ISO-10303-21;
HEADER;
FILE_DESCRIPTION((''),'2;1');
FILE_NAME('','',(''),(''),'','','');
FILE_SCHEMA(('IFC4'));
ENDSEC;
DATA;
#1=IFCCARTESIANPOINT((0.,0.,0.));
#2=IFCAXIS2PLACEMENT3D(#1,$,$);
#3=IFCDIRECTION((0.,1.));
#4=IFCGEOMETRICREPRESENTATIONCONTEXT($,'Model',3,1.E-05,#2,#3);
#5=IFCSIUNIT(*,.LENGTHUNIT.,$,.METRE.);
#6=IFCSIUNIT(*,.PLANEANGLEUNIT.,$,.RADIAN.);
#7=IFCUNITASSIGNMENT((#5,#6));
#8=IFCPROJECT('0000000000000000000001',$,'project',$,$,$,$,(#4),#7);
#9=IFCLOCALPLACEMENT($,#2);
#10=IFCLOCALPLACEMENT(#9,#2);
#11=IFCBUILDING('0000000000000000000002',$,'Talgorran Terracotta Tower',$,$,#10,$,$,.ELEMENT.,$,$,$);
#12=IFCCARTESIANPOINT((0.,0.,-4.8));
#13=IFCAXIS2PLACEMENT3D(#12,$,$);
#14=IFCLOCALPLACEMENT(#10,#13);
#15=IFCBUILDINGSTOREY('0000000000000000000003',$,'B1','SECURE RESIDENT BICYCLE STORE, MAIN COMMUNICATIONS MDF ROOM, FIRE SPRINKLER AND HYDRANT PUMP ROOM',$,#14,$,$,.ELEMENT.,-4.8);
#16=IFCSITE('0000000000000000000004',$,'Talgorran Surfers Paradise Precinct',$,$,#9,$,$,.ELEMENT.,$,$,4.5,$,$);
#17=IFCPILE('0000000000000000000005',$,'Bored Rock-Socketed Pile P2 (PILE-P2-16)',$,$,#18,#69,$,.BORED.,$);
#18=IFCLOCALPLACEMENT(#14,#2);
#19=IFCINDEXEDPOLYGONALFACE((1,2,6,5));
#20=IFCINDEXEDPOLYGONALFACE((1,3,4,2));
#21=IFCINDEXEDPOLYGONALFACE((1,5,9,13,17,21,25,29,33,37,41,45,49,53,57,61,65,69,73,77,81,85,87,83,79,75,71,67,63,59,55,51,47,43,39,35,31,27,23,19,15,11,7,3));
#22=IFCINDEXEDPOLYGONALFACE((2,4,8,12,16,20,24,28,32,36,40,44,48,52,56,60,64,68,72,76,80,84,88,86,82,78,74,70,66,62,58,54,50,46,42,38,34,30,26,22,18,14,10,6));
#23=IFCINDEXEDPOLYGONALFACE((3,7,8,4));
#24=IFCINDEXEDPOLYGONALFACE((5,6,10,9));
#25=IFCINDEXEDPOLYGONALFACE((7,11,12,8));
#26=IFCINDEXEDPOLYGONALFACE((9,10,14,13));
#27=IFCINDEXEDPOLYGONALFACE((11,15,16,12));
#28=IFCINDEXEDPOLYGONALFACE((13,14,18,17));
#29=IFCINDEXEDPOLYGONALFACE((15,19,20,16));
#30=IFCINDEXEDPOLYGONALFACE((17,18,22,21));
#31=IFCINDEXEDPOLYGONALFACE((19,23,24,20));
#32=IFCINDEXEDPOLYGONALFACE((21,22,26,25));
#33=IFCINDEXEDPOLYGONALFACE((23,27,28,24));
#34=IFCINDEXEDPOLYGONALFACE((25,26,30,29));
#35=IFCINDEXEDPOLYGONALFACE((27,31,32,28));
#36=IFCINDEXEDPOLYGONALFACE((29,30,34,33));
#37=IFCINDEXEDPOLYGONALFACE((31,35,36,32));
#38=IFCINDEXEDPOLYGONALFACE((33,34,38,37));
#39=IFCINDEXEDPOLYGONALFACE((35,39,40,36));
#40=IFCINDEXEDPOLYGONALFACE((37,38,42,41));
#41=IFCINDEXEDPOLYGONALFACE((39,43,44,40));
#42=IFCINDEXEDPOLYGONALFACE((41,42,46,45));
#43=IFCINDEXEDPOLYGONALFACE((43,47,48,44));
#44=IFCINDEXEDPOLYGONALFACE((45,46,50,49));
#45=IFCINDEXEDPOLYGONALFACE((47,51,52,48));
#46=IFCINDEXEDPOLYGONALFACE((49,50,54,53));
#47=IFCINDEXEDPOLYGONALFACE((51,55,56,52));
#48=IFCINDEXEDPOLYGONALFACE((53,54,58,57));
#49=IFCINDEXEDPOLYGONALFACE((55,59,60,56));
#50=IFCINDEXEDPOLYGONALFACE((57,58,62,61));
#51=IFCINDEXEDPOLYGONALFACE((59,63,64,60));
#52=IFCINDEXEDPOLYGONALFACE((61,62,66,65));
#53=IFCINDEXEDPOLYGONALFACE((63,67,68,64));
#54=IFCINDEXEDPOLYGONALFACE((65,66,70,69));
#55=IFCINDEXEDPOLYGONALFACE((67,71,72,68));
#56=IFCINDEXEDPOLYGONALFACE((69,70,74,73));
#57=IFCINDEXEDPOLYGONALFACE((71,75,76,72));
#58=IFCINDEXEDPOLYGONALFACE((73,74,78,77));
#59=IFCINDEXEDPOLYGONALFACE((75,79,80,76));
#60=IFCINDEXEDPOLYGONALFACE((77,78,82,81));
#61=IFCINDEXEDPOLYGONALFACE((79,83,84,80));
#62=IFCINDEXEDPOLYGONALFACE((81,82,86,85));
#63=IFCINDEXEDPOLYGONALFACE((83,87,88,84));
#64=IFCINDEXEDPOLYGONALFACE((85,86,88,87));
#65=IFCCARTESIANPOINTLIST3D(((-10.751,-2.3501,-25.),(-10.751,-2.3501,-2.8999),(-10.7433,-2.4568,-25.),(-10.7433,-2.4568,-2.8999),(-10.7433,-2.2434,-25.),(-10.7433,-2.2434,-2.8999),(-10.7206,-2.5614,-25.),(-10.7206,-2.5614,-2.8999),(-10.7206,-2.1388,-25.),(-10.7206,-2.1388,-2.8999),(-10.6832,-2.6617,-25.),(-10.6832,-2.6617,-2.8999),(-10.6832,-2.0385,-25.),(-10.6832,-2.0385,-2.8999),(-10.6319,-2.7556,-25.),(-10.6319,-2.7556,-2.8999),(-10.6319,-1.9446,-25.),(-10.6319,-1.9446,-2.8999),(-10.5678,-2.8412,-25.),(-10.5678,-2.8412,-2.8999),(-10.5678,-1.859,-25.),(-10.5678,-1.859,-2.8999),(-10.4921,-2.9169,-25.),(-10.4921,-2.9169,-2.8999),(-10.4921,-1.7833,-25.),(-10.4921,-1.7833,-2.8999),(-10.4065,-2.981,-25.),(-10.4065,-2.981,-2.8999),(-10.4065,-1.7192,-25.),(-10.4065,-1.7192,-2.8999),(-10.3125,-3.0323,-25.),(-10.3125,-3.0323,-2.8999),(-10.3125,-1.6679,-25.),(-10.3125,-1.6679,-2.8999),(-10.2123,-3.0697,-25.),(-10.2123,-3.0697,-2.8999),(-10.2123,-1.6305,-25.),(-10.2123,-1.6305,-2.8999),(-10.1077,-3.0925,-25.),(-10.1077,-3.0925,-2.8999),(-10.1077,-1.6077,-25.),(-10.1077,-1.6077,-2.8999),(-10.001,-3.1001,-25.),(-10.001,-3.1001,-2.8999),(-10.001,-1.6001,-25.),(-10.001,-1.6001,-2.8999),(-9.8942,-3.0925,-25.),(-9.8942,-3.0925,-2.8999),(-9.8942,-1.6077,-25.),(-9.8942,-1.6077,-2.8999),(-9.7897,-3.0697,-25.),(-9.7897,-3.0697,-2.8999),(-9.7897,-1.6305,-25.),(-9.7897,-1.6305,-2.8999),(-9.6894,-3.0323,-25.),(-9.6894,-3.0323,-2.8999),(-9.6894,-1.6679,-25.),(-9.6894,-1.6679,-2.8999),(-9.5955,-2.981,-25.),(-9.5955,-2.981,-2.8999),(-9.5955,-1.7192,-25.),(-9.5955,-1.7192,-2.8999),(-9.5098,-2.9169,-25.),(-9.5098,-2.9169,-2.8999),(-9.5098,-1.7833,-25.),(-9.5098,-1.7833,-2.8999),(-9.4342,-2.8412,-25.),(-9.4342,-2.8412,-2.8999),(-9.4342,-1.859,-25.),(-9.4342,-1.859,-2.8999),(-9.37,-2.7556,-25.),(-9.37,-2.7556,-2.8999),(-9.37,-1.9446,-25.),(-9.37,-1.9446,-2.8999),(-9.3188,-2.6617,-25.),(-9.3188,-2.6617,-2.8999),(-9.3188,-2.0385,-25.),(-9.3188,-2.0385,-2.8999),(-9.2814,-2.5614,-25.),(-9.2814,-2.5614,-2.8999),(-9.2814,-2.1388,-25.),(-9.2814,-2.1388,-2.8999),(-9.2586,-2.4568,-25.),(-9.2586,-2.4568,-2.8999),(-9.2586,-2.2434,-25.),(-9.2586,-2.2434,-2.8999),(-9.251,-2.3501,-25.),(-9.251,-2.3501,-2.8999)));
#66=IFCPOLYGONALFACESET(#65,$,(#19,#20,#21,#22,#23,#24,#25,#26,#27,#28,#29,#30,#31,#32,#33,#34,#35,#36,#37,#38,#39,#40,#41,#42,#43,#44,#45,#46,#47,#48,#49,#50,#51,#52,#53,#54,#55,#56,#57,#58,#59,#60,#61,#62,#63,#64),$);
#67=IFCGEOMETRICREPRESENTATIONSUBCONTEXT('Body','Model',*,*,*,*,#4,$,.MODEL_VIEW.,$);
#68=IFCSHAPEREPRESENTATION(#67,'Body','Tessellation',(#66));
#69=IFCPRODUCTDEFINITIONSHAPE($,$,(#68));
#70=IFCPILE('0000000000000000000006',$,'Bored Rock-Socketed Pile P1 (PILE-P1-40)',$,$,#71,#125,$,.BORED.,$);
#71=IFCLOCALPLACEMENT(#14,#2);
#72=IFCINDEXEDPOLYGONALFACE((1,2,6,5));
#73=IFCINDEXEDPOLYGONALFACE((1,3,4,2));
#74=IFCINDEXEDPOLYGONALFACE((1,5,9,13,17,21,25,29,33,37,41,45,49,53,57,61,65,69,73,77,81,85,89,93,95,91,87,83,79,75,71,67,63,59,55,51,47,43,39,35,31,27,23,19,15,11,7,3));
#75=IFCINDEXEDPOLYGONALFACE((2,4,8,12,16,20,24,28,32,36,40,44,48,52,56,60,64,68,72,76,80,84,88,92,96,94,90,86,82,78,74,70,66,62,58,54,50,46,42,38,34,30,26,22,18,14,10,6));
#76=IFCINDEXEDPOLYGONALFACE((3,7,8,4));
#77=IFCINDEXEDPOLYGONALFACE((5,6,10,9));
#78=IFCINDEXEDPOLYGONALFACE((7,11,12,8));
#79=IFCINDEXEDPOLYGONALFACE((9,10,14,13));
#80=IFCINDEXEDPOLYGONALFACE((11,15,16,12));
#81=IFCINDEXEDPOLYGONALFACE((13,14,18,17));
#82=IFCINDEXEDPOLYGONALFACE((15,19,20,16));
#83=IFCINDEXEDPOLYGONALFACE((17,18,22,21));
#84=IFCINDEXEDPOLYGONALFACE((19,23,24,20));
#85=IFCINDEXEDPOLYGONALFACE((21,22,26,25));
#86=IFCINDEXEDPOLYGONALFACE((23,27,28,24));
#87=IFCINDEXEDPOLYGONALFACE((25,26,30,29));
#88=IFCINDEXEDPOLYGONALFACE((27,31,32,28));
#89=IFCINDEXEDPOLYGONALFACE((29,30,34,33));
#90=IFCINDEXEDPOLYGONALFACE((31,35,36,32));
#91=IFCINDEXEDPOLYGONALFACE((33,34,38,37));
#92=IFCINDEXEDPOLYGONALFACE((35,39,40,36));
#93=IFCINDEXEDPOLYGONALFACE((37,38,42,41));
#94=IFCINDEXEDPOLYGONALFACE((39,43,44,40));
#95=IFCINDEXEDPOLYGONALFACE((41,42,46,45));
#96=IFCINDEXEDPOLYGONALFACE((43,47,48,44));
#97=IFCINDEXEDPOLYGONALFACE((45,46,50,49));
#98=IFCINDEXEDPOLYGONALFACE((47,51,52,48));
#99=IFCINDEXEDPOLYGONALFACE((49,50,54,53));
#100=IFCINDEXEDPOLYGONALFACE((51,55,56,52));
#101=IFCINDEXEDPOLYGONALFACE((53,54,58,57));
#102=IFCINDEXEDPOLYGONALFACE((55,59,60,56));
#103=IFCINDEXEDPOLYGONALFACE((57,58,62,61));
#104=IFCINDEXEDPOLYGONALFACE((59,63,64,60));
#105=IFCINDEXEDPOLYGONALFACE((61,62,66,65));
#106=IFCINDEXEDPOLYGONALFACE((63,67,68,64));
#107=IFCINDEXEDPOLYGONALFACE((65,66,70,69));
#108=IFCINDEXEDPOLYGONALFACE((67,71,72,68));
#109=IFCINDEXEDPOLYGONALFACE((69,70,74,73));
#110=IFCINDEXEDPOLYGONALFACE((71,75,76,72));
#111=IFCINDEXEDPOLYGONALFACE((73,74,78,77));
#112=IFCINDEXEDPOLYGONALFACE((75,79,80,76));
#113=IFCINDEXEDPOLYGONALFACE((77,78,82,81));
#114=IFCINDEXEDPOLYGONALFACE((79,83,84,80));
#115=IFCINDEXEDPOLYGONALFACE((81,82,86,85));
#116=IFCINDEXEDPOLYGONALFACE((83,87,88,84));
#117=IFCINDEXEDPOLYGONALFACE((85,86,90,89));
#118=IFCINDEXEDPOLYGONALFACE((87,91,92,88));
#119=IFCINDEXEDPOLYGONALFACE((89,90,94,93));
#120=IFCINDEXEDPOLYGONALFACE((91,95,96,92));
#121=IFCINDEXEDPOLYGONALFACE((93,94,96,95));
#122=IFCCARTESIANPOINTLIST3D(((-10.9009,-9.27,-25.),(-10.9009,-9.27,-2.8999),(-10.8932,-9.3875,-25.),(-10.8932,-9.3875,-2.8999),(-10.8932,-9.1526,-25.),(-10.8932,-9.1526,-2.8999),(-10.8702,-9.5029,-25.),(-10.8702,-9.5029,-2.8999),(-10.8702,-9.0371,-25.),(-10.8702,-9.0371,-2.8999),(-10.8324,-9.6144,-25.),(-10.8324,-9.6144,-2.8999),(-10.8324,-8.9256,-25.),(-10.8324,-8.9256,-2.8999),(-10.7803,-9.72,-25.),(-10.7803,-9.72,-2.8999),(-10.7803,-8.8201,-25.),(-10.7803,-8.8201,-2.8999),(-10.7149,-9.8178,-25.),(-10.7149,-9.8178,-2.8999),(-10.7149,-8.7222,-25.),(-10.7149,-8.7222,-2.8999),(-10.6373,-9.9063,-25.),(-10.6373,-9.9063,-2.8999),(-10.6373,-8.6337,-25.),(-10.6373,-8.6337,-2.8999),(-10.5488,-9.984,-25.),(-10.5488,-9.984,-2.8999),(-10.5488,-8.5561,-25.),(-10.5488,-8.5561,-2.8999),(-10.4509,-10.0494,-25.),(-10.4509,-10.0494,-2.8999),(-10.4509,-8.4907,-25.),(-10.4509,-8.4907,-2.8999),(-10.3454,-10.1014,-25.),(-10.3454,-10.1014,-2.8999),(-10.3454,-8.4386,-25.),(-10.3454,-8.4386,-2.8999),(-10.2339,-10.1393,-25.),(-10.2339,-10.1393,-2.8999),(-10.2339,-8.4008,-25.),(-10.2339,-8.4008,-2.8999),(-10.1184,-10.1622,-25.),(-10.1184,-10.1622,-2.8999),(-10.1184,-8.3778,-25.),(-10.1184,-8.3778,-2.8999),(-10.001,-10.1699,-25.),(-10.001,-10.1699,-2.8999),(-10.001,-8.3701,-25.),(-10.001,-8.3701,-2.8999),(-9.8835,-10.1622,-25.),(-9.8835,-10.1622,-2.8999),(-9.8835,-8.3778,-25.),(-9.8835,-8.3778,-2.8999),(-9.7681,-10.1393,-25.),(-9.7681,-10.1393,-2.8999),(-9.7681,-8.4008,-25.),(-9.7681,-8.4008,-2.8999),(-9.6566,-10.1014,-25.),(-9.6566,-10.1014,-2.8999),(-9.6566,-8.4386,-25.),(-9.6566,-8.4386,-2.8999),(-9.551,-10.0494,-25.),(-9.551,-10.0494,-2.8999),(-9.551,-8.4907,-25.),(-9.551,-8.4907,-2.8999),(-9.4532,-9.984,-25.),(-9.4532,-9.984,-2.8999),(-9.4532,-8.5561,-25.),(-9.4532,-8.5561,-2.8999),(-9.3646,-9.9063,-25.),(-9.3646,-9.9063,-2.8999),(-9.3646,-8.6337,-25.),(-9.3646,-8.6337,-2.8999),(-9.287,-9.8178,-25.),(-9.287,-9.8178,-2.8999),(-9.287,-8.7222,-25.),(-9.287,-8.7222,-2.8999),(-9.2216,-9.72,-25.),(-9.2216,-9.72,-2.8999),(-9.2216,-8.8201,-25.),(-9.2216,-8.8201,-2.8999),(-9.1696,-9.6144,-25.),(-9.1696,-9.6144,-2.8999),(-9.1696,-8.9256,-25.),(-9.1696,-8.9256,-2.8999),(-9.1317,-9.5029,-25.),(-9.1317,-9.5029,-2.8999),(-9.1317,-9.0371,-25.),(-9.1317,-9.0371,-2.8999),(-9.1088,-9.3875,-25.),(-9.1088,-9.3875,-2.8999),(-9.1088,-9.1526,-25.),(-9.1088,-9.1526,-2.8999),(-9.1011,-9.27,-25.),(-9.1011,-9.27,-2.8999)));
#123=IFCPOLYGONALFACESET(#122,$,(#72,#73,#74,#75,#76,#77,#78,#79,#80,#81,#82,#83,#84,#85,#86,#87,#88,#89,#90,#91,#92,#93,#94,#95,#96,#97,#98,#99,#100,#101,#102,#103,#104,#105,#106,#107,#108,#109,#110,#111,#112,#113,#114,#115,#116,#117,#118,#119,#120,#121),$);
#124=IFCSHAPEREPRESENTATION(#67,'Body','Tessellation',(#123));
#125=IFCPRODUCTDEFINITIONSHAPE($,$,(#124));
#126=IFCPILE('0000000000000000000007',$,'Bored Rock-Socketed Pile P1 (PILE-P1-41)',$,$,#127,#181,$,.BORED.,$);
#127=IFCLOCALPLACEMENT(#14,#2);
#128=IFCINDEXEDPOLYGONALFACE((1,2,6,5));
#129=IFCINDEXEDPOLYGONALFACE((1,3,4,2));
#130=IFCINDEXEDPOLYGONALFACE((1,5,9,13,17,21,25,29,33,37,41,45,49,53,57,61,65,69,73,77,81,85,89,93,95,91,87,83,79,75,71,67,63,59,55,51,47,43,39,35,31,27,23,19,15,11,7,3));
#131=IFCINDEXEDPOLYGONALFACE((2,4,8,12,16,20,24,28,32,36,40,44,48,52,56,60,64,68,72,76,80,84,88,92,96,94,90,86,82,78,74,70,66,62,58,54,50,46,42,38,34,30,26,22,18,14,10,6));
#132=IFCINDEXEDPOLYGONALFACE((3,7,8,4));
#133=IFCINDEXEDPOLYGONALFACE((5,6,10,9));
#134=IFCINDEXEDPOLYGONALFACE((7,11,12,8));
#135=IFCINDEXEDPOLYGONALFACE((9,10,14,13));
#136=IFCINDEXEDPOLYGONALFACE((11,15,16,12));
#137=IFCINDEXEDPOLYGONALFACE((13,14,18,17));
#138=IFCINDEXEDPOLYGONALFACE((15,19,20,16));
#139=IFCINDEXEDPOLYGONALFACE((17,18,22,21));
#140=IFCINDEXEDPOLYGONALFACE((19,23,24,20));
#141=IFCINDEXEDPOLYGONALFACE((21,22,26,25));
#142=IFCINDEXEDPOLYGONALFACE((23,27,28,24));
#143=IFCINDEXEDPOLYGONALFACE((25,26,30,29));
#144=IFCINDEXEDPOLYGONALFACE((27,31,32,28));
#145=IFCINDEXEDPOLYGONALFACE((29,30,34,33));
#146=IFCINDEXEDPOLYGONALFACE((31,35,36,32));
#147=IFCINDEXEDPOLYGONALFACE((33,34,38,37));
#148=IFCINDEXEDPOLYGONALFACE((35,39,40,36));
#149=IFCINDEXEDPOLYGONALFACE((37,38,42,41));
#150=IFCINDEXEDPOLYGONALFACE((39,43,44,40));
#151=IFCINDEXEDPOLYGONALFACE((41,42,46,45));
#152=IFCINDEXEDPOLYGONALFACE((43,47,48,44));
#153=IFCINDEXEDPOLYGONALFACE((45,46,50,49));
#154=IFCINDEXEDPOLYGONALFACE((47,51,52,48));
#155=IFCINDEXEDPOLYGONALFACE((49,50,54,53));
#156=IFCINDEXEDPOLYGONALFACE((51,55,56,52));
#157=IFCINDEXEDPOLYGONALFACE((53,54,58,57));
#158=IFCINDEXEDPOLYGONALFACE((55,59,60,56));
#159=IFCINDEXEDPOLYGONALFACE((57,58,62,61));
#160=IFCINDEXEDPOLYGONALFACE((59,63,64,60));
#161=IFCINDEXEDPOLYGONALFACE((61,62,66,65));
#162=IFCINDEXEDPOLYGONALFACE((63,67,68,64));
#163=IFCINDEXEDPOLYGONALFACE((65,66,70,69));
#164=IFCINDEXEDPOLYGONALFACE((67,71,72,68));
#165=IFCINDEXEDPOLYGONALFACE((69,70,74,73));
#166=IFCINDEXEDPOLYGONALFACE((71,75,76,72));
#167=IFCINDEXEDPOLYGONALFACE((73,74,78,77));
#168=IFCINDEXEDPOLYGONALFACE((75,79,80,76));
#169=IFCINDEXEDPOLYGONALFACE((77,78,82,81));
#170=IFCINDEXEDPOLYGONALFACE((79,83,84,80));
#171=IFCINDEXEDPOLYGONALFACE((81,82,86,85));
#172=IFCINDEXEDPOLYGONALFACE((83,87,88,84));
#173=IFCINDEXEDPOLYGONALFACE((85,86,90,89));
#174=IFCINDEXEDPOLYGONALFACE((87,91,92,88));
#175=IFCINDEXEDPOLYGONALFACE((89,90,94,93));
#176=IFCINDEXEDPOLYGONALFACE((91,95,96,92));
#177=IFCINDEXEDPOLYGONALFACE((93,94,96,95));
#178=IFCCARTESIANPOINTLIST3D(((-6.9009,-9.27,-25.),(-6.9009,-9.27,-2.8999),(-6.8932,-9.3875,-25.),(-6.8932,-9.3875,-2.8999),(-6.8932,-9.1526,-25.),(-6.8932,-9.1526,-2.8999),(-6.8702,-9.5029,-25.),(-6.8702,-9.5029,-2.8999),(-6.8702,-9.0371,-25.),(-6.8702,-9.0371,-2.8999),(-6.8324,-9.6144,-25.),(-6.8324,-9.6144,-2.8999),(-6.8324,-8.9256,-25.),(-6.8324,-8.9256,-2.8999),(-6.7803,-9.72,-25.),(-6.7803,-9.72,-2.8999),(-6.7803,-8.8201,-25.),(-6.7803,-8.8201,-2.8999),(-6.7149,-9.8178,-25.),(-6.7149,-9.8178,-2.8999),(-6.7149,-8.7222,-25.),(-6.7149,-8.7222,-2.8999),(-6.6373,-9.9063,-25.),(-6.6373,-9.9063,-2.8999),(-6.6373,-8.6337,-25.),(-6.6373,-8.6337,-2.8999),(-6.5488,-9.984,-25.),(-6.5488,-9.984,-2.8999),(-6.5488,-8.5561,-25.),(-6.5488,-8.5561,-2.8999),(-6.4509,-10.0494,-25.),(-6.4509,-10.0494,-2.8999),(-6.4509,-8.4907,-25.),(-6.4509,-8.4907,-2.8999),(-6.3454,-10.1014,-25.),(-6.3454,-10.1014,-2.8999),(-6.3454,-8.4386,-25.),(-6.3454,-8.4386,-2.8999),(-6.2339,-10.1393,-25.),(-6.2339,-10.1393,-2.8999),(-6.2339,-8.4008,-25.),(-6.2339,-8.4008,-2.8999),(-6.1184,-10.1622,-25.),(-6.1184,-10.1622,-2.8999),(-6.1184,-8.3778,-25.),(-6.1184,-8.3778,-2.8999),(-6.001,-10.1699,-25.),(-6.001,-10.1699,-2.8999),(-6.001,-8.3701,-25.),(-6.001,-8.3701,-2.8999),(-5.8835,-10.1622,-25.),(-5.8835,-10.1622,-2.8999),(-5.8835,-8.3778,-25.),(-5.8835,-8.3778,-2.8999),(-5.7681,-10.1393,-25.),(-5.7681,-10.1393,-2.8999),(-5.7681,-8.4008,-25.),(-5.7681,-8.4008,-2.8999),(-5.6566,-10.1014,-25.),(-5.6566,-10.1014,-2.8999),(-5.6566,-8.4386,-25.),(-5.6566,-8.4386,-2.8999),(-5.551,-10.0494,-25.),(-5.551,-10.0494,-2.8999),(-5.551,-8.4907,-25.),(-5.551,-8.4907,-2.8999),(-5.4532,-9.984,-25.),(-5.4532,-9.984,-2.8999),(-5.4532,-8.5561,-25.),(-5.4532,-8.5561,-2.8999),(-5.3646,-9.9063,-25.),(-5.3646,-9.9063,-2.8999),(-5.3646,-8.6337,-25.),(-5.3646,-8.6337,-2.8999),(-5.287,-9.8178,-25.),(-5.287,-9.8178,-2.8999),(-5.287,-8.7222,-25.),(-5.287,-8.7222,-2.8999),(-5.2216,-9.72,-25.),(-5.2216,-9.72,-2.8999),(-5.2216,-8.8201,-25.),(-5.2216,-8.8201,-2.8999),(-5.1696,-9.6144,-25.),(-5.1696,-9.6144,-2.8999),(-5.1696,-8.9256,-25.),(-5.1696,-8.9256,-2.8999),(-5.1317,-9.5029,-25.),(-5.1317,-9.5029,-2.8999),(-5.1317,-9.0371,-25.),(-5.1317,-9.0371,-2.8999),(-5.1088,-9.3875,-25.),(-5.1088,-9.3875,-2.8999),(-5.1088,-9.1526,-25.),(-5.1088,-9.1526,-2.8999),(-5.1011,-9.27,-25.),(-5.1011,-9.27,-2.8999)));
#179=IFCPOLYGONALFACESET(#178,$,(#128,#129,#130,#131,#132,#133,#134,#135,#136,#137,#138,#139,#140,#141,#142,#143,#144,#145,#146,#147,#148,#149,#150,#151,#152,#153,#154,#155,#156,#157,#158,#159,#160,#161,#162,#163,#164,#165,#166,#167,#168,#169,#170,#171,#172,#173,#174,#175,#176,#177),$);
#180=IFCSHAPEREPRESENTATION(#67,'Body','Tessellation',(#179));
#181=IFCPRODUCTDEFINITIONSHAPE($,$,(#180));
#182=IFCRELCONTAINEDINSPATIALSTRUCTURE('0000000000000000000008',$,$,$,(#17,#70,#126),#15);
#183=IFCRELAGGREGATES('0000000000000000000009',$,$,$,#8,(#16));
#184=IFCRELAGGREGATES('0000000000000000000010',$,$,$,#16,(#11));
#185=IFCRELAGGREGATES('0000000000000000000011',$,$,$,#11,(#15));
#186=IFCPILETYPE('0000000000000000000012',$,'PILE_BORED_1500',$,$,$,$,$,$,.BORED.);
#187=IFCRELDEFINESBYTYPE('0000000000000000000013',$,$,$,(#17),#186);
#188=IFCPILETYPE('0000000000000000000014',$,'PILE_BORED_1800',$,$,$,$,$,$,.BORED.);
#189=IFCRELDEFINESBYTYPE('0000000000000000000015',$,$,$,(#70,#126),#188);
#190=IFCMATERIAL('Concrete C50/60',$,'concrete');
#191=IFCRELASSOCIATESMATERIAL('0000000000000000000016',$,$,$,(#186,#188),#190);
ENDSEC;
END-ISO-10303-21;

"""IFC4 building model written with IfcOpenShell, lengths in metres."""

from ifc_helpers import new_model, si_unit, direction, frame, origin, origin_2d, place, context, subcontext, project, spatial, circle, extrude, material, material_profile, profile_set, type_object, element, save


model = new_model("IFC4")

# Units and contexts
model_context = context("Model", 3, precision=1e-05, world=origin(), true_north=direction((0.0, 1.0)))
body_context = subcontext(model_context, "Body", "Model", "MODEL_VIEW")
ifc_project = project(units=[si_unit("LENGTHUNIT", "METRE"), si_unit("PLANEANGLEUNIT", "RADIAN")], contexts=[model_context])

# Site, building, storey
site_placement = place(None, origin())
site = spatial("IfcSite", under=ifc_project, at=site_placement, Name="Talgorran Surfers Paradise Precinct", CompositionType="ELEMENT", RefElevation=4.5)
building_placement = place(site_placement, origin())
building = spatial("IfcBuilding", under=site, at=building_placement, Name="Talgorran Terracotta Tower", CompositionType="ELEMENT")
storey_placement = place(building_placement, frame((0.0, 0.0, -4.8)))
storey = spatial("IfcBuildingStorey", under=building, at=storey_placement, Name="B1", Description="SECURE RESIDENT BICYCLE STORE, MAIN COMMUNICATIONS MDF ROOM, FIRE SPRINKLER AND HYDRANT PUMP ROOM", CompositionType="ELEMENT", Elevation=-4.8)

# Piles
ifc_material_1 = material(Name="Concrete C50/60", Category="concrete")
ifc_material_profile_1 = material_profile(ifc_material_1, circle(Radius=0.75, at=origin_2d()), Name="PILE1500")
ifc_profile_set_1 = profile_set([ifc_material_profile_1], Name="Concrete C50/60")
pile_type_1 = type_object("IfcPileType", Name="PILE_BORED_1500", PredefinedType="BORED", material=ifc_profile_set_1)
for number, where, z_axis, x_axis, name in (
    (1, (-10.001, -2.3501, -2.8999), (0.0, 0.0, -1.0), (1.0, 0.0, 0.0), "Bored Rock-Socketed Pile P2 (PILE-P2-16)"),
):
    element("IfcPile", number, at=place(storey_placement, frame(where, z_axis=z_axis, x_axis=x_axis)), inside=storey, type_object=pile_type_1, Name=name, PredefinedType="BORED", context=body_context, shape_type="SweptSolid", body=[
        extrude(circle(Radius=0.75, at=origin_2d()), origin(), (0.0, 0.0, 1.0), 22.1001),
    ])
ifc_material_profile_2 = material_profile(ifc_material_1, circle(Radius=0.8999, at=origin_2d()), Name="PILE1800")
ifc_profile_set_2 = profile_set([ifc_material_profile_2], Name="Concrete C50/60")
pile_type_2 = type_object("IfcPileType", Name="PILE_BORED_1800", PredefinedType="BORED", material=ifc_profile_set_2)
for number, where, z_axis, x_axis, name in (
    (2, (-10.001, -9.27, -2.8999), (0.0, 0.0, -1.0), (1.0, 0.0, 0.0), "Bored Rock-Socketed Pile P1 (PILE-P1-40)"),
    (3, (-6.001, -9.27, -2.8999), (0.0, 0.0, -1.0), (1.0, 0.0, 0.0), "Bored Rock-Socketed Pile P1 (PILE-P1-41)"),
):
    element("IfcPile", number, at=place(storey_placement, frame(where, z_axis=z_axis, x_axis=x_axis)), inside=storey, type_object=pile_type_2, Name=name, PredefinedType="BORED", context=body_context, shape_type="SweptSolid", body=[
        extrude(circle(Radius=0.8999, at=origin_2d()), origin(), (0.0, 0.0, 1.0), 22.1001),
    ])

save(model, "model.ifc")
